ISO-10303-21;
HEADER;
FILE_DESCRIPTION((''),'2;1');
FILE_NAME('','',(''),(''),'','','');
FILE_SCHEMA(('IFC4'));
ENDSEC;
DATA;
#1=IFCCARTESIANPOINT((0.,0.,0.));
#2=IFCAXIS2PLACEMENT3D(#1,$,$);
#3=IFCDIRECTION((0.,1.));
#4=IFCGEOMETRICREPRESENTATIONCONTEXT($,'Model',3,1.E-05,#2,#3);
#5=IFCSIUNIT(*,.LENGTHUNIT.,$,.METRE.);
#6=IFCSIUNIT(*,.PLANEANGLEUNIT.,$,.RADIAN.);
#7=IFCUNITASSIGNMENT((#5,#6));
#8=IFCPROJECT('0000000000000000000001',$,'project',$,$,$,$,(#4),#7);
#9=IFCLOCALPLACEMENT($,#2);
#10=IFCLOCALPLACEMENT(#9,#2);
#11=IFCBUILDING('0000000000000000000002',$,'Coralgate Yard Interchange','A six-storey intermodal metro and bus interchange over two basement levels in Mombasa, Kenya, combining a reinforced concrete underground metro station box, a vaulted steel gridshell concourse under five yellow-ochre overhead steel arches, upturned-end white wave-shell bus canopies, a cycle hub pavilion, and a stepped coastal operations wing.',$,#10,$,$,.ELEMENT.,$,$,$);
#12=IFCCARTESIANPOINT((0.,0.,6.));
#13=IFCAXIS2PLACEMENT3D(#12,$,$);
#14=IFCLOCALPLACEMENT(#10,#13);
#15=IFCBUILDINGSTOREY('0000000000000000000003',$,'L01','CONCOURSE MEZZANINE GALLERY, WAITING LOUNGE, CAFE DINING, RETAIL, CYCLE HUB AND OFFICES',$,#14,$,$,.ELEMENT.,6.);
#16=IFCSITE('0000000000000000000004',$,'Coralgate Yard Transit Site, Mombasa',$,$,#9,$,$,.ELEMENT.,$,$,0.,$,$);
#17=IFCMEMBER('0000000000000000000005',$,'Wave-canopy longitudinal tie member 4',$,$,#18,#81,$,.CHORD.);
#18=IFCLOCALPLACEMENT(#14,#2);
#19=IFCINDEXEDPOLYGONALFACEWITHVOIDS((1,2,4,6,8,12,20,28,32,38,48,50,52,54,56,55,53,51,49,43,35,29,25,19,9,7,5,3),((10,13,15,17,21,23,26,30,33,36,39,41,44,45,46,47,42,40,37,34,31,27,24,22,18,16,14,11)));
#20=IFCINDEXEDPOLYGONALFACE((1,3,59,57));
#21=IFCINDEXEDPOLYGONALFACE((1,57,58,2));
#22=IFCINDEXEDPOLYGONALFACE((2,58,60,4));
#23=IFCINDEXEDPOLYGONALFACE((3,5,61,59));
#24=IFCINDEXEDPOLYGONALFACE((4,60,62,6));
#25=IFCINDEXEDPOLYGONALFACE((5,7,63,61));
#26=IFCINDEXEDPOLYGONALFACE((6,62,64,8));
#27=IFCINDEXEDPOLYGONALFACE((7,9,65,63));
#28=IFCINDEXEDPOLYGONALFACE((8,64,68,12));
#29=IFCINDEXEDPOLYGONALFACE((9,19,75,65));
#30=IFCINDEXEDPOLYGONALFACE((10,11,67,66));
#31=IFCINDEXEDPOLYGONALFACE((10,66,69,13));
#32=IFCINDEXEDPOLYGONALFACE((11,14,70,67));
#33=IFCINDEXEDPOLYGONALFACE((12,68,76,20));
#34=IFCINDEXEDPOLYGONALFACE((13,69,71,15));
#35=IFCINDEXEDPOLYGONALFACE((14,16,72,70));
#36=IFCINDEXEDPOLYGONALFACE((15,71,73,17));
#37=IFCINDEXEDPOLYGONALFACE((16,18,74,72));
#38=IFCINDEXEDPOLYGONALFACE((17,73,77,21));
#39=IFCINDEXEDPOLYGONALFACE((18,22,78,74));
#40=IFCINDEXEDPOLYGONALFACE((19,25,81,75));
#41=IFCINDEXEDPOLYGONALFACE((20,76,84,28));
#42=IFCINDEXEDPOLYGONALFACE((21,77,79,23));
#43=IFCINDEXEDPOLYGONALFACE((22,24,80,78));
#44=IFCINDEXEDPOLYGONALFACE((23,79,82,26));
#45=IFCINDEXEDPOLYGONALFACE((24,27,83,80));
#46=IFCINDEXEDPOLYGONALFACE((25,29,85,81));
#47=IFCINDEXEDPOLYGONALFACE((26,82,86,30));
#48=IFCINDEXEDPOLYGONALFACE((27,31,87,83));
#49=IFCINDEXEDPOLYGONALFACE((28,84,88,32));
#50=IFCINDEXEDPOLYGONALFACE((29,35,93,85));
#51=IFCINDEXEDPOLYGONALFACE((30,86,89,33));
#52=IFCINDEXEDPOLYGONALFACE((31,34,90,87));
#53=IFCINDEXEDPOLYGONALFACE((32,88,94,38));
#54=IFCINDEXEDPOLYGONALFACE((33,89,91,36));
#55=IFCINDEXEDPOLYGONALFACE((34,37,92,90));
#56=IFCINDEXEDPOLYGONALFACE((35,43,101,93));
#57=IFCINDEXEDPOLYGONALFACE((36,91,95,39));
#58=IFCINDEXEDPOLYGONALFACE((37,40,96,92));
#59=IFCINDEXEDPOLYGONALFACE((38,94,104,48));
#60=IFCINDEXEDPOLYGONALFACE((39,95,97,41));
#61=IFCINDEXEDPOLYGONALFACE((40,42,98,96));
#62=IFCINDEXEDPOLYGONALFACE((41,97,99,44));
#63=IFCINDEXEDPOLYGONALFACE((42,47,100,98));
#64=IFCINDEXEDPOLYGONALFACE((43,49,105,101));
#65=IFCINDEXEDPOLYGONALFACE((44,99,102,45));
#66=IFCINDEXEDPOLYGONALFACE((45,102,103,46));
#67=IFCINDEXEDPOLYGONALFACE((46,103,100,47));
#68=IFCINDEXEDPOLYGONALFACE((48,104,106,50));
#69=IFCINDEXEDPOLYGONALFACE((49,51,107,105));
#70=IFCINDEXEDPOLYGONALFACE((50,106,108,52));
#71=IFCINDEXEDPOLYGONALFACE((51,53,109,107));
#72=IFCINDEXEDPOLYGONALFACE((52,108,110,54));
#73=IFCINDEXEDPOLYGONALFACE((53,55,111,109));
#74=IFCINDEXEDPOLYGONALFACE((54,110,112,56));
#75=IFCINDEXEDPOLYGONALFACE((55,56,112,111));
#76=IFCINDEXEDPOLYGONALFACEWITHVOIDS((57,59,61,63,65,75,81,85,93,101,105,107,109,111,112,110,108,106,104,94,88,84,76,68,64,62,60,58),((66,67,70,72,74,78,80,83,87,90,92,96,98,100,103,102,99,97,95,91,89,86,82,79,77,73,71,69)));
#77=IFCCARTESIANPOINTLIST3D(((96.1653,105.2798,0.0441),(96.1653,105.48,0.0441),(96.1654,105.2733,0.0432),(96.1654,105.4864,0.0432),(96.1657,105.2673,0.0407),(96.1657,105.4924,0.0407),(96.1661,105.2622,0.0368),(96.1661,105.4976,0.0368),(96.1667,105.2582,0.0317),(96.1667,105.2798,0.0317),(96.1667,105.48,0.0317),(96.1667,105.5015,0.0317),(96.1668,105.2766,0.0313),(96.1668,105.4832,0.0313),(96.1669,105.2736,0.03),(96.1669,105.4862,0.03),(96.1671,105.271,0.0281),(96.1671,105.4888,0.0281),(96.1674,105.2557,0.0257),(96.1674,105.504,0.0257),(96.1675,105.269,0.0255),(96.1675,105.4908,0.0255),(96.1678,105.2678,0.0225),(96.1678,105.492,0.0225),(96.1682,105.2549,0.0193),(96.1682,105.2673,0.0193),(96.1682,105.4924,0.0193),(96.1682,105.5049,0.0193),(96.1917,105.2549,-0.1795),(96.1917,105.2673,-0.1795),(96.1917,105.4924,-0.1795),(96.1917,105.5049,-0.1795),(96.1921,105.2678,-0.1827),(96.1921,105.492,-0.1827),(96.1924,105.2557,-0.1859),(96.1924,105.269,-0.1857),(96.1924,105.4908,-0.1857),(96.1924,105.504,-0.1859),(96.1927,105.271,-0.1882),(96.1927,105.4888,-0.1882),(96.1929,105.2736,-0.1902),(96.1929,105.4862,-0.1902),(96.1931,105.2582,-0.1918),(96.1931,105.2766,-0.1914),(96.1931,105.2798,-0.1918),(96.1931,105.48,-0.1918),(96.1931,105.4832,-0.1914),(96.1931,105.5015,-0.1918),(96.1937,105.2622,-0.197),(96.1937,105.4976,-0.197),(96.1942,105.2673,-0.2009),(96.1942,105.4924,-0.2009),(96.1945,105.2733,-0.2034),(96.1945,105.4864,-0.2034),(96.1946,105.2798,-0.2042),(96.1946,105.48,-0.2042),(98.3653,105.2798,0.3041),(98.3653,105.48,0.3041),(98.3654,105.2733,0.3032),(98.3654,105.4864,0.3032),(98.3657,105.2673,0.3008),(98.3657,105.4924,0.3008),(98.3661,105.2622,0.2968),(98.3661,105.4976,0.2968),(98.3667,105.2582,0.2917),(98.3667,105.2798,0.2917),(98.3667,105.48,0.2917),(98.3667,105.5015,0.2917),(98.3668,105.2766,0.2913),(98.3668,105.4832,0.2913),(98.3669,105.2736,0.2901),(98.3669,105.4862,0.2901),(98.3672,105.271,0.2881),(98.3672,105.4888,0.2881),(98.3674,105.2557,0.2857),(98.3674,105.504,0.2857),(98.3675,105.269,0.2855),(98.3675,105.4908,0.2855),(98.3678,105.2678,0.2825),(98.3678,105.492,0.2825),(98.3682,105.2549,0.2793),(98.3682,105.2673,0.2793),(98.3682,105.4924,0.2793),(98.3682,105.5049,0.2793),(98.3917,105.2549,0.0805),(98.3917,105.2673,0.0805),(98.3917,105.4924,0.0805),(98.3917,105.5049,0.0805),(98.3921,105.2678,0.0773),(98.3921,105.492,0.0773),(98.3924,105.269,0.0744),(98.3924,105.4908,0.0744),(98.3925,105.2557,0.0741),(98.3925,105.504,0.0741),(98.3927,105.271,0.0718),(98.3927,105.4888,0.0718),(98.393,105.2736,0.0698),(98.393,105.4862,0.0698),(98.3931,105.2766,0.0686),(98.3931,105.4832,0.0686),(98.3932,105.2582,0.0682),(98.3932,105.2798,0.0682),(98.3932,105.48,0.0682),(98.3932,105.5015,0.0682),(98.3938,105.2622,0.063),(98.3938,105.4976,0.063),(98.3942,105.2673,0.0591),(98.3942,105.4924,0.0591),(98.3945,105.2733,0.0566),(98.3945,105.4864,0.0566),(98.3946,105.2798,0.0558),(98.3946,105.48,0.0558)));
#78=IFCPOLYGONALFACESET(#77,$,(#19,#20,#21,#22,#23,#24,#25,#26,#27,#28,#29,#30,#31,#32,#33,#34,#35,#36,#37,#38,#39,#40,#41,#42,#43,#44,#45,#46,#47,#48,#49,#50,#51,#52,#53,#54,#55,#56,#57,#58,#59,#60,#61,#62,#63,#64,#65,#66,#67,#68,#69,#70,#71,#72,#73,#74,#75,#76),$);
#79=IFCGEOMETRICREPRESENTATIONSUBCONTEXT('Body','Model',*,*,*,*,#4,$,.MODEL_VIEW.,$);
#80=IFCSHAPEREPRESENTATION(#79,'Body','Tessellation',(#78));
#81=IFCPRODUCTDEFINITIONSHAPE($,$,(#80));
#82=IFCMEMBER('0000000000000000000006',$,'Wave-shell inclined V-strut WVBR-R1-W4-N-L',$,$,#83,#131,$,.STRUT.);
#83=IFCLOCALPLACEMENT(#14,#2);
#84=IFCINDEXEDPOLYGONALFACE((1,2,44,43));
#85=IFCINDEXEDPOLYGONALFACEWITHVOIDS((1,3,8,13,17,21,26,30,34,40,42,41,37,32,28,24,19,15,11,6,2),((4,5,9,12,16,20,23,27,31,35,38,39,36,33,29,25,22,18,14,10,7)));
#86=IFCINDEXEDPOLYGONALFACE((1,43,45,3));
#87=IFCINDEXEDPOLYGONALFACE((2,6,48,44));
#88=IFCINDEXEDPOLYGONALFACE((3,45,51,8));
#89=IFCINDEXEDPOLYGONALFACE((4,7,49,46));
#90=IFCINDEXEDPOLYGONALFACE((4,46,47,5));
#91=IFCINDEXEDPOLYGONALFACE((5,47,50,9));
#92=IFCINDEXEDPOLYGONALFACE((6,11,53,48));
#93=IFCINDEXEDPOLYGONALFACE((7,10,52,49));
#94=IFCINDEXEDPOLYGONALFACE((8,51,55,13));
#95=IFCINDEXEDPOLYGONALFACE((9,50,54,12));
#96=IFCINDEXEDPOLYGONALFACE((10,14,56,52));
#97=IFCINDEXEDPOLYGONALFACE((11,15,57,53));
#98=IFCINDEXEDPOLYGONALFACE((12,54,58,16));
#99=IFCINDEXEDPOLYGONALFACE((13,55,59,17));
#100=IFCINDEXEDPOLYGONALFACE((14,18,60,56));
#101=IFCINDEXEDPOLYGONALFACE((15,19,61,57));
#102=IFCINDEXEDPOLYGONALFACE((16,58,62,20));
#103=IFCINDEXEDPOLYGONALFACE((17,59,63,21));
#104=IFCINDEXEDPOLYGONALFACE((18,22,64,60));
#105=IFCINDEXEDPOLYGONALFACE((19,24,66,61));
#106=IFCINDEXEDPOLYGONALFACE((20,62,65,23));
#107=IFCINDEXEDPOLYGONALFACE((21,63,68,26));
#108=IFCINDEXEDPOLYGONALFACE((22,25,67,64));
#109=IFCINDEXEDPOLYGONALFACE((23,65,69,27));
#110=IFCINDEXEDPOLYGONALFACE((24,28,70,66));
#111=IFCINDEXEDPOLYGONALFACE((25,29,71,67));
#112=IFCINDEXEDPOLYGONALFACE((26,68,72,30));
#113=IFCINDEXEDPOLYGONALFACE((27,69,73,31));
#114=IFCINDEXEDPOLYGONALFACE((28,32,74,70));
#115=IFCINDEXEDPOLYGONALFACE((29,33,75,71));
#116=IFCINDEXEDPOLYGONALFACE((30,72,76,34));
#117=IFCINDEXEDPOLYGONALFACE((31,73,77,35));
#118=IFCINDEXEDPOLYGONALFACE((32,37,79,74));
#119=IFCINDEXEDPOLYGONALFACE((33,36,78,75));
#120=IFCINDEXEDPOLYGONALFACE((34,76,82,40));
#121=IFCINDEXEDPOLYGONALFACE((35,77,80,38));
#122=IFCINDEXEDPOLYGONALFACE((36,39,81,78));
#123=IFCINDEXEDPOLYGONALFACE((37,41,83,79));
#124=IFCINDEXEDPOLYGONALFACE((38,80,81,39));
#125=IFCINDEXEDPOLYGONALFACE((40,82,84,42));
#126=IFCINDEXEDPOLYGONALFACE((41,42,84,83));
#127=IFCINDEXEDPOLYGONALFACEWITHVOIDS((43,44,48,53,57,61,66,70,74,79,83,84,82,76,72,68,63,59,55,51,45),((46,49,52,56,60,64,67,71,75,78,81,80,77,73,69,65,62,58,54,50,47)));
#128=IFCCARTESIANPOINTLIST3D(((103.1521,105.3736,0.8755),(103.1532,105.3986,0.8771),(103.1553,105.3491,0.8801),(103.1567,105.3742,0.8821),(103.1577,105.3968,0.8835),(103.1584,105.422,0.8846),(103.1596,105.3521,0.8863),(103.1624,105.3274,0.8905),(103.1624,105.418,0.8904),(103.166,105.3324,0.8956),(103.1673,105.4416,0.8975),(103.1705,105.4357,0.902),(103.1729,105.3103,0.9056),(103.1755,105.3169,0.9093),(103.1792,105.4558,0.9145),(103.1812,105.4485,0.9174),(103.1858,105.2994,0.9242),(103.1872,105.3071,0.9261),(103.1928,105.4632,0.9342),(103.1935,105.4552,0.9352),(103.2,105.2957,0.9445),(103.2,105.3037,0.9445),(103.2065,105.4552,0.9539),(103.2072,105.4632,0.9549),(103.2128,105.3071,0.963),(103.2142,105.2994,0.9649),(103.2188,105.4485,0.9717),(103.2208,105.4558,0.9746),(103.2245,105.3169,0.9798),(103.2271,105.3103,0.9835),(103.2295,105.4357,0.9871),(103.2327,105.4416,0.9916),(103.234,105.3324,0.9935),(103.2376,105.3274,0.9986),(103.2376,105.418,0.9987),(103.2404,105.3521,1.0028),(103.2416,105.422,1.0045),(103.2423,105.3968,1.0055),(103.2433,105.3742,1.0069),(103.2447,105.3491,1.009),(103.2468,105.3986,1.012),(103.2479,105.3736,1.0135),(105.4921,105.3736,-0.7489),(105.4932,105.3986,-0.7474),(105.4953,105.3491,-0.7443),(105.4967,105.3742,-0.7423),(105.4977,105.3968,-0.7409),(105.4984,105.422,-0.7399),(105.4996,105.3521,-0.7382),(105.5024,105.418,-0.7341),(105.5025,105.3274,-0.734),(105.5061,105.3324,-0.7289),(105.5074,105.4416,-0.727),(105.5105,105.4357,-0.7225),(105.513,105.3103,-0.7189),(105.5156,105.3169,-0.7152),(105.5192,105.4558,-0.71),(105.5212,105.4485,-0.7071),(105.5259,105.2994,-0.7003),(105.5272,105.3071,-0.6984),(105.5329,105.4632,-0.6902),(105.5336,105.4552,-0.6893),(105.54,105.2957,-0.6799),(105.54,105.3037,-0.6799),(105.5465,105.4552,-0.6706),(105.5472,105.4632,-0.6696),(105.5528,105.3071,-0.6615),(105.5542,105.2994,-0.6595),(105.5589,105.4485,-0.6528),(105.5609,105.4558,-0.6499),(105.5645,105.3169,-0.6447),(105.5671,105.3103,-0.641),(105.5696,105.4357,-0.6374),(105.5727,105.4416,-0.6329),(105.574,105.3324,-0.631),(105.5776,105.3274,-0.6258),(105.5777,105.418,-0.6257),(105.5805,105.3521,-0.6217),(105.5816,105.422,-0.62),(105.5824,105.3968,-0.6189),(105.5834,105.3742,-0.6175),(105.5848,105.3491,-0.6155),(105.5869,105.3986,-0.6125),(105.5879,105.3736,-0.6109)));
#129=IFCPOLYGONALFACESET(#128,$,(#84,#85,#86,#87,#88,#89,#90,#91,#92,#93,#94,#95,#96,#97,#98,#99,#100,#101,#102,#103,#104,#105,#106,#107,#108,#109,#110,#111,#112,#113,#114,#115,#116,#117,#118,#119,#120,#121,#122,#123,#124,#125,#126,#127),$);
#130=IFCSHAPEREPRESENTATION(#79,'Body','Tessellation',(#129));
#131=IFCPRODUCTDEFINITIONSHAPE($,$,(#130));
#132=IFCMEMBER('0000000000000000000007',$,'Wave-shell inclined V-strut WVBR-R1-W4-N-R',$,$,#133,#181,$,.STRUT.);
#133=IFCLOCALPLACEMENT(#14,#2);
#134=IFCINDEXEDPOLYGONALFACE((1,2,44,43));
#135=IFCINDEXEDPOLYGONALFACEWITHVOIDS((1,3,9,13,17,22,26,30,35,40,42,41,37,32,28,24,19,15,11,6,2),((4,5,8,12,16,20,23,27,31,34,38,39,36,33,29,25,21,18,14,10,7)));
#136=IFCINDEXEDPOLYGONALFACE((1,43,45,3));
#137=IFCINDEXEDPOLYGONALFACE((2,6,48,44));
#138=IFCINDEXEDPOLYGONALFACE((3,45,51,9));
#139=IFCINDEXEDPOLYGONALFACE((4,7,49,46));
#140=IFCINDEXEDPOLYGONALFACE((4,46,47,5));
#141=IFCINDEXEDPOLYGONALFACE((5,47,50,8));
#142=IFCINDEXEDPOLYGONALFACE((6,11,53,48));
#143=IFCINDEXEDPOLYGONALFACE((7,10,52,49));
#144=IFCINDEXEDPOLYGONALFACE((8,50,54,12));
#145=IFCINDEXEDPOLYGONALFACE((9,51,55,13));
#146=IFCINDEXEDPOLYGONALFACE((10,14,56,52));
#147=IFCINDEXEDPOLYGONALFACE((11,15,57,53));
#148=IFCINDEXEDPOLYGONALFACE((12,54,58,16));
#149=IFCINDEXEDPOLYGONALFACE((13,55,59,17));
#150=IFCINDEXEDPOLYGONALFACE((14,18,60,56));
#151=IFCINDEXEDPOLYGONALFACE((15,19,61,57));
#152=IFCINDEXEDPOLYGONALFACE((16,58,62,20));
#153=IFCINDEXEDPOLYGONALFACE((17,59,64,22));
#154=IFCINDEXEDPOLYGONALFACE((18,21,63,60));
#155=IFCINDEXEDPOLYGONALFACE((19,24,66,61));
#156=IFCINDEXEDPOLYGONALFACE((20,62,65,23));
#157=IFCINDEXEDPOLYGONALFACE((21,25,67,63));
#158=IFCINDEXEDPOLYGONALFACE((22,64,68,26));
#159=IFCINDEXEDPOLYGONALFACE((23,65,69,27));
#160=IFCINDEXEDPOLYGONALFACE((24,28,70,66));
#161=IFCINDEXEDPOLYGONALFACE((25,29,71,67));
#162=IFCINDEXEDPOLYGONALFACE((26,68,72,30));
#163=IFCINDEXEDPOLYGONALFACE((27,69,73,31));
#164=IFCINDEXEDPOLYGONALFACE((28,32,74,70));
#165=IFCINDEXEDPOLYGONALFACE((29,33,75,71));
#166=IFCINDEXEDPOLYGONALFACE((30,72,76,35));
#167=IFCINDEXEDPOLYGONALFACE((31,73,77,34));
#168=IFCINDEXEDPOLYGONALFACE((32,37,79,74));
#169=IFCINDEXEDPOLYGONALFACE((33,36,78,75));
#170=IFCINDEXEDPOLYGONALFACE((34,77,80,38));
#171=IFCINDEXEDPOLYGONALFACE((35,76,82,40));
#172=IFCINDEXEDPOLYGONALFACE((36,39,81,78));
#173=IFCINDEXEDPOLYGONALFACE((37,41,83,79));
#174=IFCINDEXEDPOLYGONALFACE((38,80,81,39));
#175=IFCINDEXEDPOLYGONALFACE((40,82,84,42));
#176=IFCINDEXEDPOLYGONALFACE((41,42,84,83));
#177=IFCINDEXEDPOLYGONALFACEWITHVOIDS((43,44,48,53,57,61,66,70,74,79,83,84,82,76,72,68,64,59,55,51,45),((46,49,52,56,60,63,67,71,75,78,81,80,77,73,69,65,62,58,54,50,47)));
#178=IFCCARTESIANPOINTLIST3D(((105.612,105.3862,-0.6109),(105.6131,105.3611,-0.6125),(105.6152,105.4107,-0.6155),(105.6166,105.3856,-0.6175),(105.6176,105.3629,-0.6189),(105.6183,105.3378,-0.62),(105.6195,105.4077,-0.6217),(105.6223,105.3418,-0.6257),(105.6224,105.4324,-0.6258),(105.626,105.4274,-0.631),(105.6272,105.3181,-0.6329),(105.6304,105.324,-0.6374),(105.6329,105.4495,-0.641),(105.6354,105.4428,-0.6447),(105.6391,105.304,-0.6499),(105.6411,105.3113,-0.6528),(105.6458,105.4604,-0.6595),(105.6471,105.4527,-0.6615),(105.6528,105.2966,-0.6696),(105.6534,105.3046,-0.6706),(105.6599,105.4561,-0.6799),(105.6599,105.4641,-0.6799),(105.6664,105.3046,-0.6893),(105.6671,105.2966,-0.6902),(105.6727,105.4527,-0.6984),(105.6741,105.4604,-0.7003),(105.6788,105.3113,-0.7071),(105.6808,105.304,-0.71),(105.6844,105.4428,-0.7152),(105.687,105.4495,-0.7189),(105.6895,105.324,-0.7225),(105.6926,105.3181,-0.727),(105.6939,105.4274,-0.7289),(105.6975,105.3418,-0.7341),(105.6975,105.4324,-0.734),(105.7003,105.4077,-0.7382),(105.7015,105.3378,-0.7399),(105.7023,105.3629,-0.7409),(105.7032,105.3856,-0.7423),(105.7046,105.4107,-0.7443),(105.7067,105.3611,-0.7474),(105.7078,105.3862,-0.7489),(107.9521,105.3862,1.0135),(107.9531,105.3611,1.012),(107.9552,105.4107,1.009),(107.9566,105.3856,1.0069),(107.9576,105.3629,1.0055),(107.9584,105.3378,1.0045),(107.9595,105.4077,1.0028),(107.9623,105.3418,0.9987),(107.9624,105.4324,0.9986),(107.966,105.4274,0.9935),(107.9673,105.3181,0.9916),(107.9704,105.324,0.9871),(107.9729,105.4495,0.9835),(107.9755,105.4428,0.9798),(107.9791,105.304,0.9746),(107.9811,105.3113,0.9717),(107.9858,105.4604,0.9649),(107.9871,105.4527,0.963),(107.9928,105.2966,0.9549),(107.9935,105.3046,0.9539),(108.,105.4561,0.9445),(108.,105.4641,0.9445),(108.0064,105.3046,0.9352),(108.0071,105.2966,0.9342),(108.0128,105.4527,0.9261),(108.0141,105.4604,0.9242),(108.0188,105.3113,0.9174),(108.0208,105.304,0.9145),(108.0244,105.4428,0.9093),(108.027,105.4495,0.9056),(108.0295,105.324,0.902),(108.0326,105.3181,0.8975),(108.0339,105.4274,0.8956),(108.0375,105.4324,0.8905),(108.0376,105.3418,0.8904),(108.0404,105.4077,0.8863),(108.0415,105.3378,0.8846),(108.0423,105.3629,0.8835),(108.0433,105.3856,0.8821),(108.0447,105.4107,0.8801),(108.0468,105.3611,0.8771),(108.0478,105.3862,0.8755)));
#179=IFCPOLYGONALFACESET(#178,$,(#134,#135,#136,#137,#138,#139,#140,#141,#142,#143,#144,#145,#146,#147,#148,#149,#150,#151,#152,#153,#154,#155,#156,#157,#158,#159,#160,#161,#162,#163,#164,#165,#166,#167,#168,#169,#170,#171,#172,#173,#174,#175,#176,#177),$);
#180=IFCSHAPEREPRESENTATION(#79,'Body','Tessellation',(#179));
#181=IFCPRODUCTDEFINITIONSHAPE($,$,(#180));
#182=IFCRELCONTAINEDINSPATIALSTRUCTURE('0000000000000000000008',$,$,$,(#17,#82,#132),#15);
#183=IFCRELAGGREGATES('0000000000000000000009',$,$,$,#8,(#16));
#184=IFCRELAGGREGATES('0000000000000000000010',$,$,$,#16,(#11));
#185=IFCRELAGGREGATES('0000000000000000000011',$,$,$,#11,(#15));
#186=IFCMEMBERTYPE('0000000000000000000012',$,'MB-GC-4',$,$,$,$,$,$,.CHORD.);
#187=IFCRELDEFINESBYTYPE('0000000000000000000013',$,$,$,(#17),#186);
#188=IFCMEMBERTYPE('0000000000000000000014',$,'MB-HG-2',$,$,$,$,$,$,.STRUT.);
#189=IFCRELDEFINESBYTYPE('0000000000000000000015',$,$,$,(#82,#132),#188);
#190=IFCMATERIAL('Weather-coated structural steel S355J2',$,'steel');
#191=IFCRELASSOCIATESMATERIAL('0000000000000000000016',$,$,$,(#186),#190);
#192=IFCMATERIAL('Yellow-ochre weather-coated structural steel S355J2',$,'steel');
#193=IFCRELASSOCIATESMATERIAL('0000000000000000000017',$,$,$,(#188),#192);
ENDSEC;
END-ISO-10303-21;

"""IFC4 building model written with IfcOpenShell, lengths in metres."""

from ifc_helpers import new_model, si_unit, direction, frame, origin, origin_2d, place, context, subcontext, project, spatial, hollow_rectangle, hollow_circle, extrude, material, material_profile, profile_set, type_object, element, save


model = new_model("IFC4")

# Units and contexts
model_context = context("Model", 3, precision=1e-05, world=origin(), true_north=direction((0.0, 1.0)))
body_context = subcontext(model_context, "Body", "Model", "MODEL_VIEW")
ifc_project = project(units=[si_unit("LENGTHUNIT", "METRE"), si_unit("PLANEANGLEUNIT", "RADIAN")], contexts=[model_context])

# Site, building, storey
site_placement = place(None, origin())
site = spatial("IfcSite", under=ifc_project, at=site_placement, Name="Coralgate Yard Transit Site, Mombasa", CompositionType="ELEMENT", RefElevation=0.0)
building_placement = place(site_placement, origin())
building = spatial("IfcBuilding", under=site, at=building_placement, Name="Coralgate Yard Interchange", Description="A six-storey intermodal metro and bus interchange over two basement levels in Mombasa, Kenya, combining a reinforced concrete underground metro station box, a vaulted steel gridshell concourse under five yellow-ochre overhead steel arches, upturned-end white wave-shell bus canopies, a cycle hub pavilion, and a stepped coastal operations wing.", CompositionType="ELEMENT")
storey_placement = place(building_placement, frame((0.0, 0.0, 6.0)))
storey = spatial("IfcBuildingStorey", under=building, at=storey_placement, Name="L01", Description="CONCOURSE MEZZANINE GALLERY, WAITING LOUNGE, CAFE DINING, RETAIL, CYCLE HUB AND OFFICES", CompositionType="ELEMENT", Elevation=6.0)

# Members
ifc_material_1 = material(Name="Weather-coated structural steel S355J2", Category="steel")
ifc_material_profile_1 = material_profile(ifc_material_1, hollow_rectangle(XDim=0.25, YDim=0.25, WallThickness=0.0125, InnerFilletRadius=0.0125, OuterFilletRadius=0.0249, at=origin_2d()), Name="SHS 250x250x12.5")
ifc_profile_set_1 = profile_set([ifc_material_profile_1], Name="Weather-coated structural steel S355J2")
member_type_1 = type_object("IfcMemberType", Name="MB-GC-4", PredefinedType="CHORD", material=ifc_profile_set_1)
member_placement = place(storey_placement, frame((96.1799, 105.3799, -0.0801), z_axis=(0.993088, 0.0, 0.117372), x_axis=(0.0, 1.0, 0.0)))
element("IfcMember", 1, at=member_placement, inside=storey, type_object=member_type_1, Name="Wave-canopy longitudinal tie member 4", PredefinedType="CHORD", context=body_context, shape_type="SweptSolid", body=[
    extrude(hollow_rectangle(XDim=0.25, YDim=0.25, WallThickness=0.0125, InnerFilletRadius=0.0125, OuterFilletRadius=0.0249, at=origin_2d()), origin(), (0.0, 0.0, 1.0), 2.2153),
])
ifc_material_2 = material(Name="Yellow-ochre weather-coated structural steel S355J2", Category="steel")
ifc_material_profile_2 = material_profile(ifc_material_2, hollow_circle(Radius=0.0842, WallThickness=0.0081, at=origin_2d()), Name="CHS 168.3x8")
ifc_profile_set_2 = profile_set([ifc_material_profile_2], Name="Yellow-ochre weather-coated structural steel S355J2")
member_type_2 = type_object("IfcMemberType", Name="MB-HG-2", PredefinedType="STRUT", material=ifc_profile_set_2)
for number, where, z_axis, x_axis, name in (
    (2, (105.54, 105.3799, -0.6799), (-0.82146, 0.0, 0.570266), (0.0, -1.0, 0.0), "Wave-shell inclined V-strut WVBR-R1-W4-N-L"),
    (3, (105.6599, 105.3799, -0.6799), (0.82146, 0.0, 0.570266), (0.0, 1.0, 0.0), "Wave-shell inclined V-strut WVBR-R1-W4-N-R"),
):
    element("IfcMember", number, at=place(storey_placement, frame(where, z_axis=z_axis, x_axis=x_axis)), inside=storey, type_object=member_type_2, Name=name, PredefinedType="STRUT", context=body_context, shape_type="SweptSolid", body=[
        extrude(hollow_circle(Radius=0.0842, WallThickness=0.0081, at=origin_2d()), origin(), (0.0, 0.0, 1.0), 2.8486),
    ])

save(model, "model.ifc")
